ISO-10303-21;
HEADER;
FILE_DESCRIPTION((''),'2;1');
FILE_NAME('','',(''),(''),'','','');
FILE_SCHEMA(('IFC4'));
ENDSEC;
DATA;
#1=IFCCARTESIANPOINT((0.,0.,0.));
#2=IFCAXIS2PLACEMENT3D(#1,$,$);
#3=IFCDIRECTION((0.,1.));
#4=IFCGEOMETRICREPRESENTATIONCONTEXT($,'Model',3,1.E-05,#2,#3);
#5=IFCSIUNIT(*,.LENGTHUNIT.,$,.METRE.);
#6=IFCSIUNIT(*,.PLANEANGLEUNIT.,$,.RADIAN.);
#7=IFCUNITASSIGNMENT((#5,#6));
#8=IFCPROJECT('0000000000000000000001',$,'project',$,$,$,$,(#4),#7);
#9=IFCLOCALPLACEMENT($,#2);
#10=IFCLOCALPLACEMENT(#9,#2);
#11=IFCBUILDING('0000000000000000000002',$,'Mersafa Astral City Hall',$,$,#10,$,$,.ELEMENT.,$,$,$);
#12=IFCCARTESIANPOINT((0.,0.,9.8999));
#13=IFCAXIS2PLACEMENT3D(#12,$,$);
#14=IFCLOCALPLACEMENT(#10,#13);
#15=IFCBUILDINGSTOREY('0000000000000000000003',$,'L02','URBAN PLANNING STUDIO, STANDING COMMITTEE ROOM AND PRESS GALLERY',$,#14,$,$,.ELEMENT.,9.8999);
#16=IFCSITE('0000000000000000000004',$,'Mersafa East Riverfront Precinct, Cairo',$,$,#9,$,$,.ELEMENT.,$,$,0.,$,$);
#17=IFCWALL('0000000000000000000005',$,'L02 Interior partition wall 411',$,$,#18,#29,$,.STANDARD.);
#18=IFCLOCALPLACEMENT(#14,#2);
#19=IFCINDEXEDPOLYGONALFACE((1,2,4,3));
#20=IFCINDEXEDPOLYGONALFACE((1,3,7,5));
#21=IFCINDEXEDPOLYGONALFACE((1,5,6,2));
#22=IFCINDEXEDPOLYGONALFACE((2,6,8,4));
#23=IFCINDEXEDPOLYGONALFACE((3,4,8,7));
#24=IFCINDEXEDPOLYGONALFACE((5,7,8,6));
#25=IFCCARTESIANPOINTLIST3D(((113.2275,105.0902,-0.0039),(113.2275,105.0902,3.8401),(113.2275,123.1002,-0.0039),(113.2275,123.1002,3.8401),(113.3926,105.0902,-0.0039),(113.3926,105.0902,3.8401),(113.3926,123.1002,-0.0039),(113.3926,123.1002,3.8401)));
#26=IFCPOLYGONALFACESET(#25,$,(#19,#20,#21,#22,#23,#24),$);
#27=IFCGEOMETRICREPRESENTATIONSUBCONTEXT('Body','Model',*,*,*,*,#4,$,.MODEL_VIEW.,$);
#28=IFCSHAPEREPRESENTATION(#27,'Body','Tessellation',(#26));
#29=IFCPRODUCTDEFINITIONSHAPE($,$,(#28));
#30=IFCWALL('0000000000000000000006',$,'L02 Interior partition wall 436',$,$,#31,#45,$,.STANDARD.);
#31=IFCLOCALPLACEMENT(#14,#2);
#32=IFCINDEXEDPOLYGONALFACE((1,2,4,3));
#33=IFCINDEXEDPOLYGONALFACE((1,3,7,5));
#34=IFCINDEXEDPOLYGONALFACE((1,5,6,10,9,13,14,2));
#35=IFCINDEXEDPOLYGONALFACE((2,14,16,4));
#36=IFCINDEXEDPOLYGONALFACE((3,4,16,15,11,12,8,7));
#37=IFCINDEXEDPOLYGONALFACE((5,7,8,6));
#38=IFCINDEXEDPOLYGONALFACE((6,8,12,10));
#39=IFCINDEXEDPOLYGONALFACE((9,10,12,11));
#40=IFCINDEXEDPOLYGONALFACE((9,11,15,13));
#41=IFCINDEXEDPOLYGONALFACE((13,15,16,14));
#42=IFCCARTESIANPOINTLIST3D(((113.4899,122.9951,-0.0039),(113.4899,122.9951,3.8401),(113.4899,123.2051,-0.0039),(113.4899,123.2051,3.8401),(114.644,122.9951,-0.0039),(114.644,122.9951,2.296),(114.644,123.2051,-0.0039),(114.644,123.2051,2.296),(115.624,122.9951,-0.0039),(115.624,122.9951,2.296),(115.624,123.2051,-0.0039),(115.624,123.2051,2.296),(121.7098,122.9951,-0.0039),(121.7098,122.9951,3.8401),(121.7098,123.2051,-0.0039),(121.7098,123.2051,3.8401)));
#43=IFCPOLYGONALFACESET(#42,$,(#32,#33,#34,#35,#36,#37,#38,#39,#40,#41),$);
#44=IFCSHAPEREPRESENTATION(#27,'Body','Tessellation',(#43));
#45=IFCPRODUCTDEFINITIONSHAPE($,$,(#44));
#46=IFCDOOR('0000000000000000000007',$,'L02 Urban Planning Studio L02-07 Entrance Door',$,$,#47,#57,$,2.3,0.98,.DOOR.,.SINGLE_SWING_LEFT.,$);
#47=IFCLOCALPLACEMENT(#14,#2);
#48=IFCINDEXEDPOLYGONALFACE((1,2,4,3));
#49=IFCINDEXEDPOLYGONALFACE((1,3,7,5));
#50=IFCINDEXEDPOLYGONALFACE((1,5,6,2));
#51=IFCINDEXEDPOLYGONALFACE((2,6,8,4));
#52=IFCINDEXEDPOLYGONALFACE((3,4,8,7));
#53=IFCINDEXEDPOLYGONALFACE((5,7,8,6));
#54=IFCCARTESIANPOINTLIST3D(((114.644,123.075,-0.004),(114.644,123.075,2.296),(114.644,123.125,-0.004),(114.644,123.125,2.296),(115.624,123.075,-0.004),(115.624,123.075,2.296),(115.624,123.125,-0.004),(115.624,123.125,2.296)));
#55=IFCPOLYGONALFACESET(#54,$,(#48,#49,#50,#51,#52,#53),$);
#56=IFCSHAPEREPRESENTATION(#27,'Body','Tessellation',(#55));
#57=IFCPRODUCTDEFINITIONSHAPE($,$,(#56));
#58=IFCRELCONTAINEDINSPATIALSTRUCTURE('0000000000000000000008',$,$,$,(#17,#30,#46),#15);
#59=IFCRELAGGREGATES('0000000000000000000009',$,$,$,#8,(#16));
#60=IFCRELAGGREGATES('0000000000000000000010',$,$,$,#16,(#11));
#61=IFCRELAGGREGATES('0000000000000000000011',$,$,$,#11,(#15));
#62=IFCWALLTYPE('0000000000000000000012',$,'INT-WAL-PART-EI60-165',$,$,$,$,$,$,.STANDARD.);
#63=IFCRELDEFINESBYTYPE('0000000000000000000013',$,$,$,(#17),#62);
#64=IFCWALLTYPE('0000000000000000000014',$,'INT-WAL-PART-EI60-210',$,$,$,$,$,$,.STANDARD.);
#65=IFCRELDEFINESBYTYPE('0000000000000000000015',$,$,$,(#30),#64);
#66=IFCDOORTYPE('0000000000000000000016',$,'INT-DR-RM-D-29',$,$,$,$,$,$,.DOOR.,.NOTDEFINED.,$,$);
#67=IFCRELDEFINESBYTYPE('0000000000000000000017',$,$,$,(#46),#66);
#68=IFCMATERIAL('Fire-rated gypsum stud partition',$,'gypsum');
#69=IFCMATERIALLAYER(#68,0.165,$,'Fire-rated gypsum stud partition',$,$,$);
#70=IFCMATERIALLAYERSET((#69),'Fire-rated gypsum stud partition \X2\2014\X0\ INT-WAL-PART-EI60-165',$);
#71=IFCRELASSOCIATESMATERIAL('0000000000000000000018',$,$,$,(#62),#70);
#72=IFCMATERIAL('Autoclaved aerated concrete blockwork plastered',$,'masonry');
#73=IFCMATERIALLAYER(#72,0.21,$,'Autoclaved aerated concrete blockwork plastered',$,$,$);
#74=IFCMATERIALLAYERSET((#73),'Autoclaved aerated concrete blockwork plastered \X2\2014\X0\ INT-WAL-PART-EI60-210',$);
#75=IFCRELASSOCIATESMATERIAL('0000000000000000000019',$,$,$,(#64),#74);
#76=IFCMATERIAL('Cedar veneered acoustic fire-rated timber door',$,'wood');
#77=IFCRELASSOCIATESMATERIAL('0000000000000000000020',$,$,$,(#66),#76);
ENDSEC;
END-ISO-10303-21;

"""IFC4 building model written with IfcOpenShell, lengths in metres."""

from ifc_helpers import new_model, si_unit, direction, frame, frame_2d, origin, place, context, subcontext, project, spatial, rectangle, extrude, material, layer, layer_set, type_object, element, fill, save


model = new_model("IFC4")

# Units and contexts
model_context = context("Model", 3, precision=1e-05, world=origin(), true_north=direction((0.0, 1.0)))
body_context = subcontext(model_context, "Body", "Model", "MODEL_VIEW")
ifc_project = project(units=[si_unit("LENGTHUNIT", "METRE"), si_unit("PLANEANGLEUNIT", "RADIAN")], contexts=[model_context])

# Site, building, storey
site_placement = place(None, origin())
site = spatial("IfcSite", under=ifc_project, at=site_placement, Name="Mersafa East Riverfront Precinct, Cairo", CompositionType="ELEMENT", RefElevation=0.0)
building_placement = place(site_placement, origin())
building = spatial("IfcBuilding", under=site, at=building_placement, Name="Mersafa Astral City Hall", CompositionType="ELEMENT")
storey_placement = place(building_placement, frame((0.0, 0.0, 9.8999)))
storey = spatial("IfcBuildingStorey", under=building, at=storey_placement, Name="L02", Description="URBAN PLANNING STUDIO, STANDING COMMITTEE ROOM AND PRESS GALLERY", CompositionType="ELEMENT", Elevation=9.8999)

# Wall
ifc_material_1 = material(Name="Fire-rated gypsum stud partition", Category="gypsum")
ifc_layer_1 = layer(ifc_material_1, 0.165, Name="Fire-rated gypsum stud partition")
ifc_layer_set_1 = layer_set([ifc_layer_1], Name="Fire-rated gypsum stud partition — INT-WAL-PART-EI60-165")
wall_type_1 = type_object("IfcWallType", Name="INT-WAL-PART-EI60-165", PredefinedType="STANDARD", material=ifc_layer_set_1)
wall_1_placement = place(storey_placement, frame((113.3101, 123.1001, -0.0039), z_axis=(0.0, 0.0, 1.0), x_axis=(0.0, -1.0, 0.0)))
element("IfcWall", 1, at=wall_1_placement, inside=storey, type_object=wall_type_1, Name="L02 Interior partition wall 411", PredefinedType="STANDARD", context=body_context, shape_type="SweptSolid", body=[
    extrude(rectangle(XDim=18.01, YDim=0.165, at=frame_2d((9.0049, 0.0))), origin(), (0.0, 0.0, 1.0), 3.844),
])

# Wall, opening, door
ifc_material_2 = material(Name="Autoclaved aerated concrete blockwork plastered", Category="masonry")
ifc_layer_2 = layer(ifc_material_2, 0.21, Name="Autoclaved aerated concrete blockwork plastered")
ifc_layer_set_2 = layer_set([ifc_layer_2], Name="Autoclaved aerated concrete blockwork plastered — INT-WAL-PART-EI60-210")
wall_type_2 = type_object("IfcWallType", Name="INT-WAL-PART-EI60-210", PredefinedType="STANDARD", material=ifc_layer_set_2)
wall_2_placement = place(storey_placement, frame((113.49, 123.1001, -0.0039), z_axis=(0.0, 0.0, 1.0), x_axis=(1.0, 0.0, 0.0)))
wall_2 = element("IfcWall", 2, at=wall_2_placement, inside=storey, type_object=wall_type_2, Name="L02 Interior partition wall 436", PredefinedType="STANDARD", context=body_context, shape_type="SweptSolid", body=[
    extrude(rectangle(XDim=8.22, YDim=0.21, at=frame_2d((4.1099, 0.0))), origin(), (0.0, 0.0, 1.0), 3.844),
])
opening_placement = place(wall_2_placement, frame((1.1541, 0.0, 0.0)))
opening = element("IfcOpeningElement", 3, at=opening_placement, cuts=wall_2, PredefinedType="OPENING", context=body_context, shape_type="SweptSolid", body=[
    extrude(rectangle(XDim=0.98, YDim=2.3, at=frame_2d((0.49, 1.1499))), frame((0.0, 0.115, 0.0), z_axis=(0.0, -1.0, 0.0), x_axis=(1.0, 0.0, 0.0)), (0.0, 0.0, 1.0), 0.23),
])
ifc_material_3 = material(Name="Cedar veneered acoustic fire-rated timber door", Category="wood")
door_type = type_object("IfcDoorType", Name="INT-DR-RM-D-29", OperationType="NOTDEFINED", PredefinedType="DOOR", material=ifc_material_3)
door_placement = place(opening_placement, origin())
door = element("IfcDoor", 4, at=door_placement, inside=storey, type_object=door_type, Name="L02 Urban Planning Studio L02-07 Entrance Door", OperationType="SINGLE_SWING_LEFT", OverallHeight=2.3, OverallWidth=0.98, PredefinedType="DOOR", context=body_context, shape_type="SweptSolid", body=[
    extrude(rectangle(XDim=0.98, YDim=2.3, at=frame_2d((0.49, 1.1499))), frame((0.0, 0.0249, 0.0), z_axis=(0.0, -1.0, 0.0), x_axis=(1.0, 0.0, 0.0)), (0.0, 0.0, 1.0), 0.05),
])
fill(opening, door)

save(model, "model.ifc")
